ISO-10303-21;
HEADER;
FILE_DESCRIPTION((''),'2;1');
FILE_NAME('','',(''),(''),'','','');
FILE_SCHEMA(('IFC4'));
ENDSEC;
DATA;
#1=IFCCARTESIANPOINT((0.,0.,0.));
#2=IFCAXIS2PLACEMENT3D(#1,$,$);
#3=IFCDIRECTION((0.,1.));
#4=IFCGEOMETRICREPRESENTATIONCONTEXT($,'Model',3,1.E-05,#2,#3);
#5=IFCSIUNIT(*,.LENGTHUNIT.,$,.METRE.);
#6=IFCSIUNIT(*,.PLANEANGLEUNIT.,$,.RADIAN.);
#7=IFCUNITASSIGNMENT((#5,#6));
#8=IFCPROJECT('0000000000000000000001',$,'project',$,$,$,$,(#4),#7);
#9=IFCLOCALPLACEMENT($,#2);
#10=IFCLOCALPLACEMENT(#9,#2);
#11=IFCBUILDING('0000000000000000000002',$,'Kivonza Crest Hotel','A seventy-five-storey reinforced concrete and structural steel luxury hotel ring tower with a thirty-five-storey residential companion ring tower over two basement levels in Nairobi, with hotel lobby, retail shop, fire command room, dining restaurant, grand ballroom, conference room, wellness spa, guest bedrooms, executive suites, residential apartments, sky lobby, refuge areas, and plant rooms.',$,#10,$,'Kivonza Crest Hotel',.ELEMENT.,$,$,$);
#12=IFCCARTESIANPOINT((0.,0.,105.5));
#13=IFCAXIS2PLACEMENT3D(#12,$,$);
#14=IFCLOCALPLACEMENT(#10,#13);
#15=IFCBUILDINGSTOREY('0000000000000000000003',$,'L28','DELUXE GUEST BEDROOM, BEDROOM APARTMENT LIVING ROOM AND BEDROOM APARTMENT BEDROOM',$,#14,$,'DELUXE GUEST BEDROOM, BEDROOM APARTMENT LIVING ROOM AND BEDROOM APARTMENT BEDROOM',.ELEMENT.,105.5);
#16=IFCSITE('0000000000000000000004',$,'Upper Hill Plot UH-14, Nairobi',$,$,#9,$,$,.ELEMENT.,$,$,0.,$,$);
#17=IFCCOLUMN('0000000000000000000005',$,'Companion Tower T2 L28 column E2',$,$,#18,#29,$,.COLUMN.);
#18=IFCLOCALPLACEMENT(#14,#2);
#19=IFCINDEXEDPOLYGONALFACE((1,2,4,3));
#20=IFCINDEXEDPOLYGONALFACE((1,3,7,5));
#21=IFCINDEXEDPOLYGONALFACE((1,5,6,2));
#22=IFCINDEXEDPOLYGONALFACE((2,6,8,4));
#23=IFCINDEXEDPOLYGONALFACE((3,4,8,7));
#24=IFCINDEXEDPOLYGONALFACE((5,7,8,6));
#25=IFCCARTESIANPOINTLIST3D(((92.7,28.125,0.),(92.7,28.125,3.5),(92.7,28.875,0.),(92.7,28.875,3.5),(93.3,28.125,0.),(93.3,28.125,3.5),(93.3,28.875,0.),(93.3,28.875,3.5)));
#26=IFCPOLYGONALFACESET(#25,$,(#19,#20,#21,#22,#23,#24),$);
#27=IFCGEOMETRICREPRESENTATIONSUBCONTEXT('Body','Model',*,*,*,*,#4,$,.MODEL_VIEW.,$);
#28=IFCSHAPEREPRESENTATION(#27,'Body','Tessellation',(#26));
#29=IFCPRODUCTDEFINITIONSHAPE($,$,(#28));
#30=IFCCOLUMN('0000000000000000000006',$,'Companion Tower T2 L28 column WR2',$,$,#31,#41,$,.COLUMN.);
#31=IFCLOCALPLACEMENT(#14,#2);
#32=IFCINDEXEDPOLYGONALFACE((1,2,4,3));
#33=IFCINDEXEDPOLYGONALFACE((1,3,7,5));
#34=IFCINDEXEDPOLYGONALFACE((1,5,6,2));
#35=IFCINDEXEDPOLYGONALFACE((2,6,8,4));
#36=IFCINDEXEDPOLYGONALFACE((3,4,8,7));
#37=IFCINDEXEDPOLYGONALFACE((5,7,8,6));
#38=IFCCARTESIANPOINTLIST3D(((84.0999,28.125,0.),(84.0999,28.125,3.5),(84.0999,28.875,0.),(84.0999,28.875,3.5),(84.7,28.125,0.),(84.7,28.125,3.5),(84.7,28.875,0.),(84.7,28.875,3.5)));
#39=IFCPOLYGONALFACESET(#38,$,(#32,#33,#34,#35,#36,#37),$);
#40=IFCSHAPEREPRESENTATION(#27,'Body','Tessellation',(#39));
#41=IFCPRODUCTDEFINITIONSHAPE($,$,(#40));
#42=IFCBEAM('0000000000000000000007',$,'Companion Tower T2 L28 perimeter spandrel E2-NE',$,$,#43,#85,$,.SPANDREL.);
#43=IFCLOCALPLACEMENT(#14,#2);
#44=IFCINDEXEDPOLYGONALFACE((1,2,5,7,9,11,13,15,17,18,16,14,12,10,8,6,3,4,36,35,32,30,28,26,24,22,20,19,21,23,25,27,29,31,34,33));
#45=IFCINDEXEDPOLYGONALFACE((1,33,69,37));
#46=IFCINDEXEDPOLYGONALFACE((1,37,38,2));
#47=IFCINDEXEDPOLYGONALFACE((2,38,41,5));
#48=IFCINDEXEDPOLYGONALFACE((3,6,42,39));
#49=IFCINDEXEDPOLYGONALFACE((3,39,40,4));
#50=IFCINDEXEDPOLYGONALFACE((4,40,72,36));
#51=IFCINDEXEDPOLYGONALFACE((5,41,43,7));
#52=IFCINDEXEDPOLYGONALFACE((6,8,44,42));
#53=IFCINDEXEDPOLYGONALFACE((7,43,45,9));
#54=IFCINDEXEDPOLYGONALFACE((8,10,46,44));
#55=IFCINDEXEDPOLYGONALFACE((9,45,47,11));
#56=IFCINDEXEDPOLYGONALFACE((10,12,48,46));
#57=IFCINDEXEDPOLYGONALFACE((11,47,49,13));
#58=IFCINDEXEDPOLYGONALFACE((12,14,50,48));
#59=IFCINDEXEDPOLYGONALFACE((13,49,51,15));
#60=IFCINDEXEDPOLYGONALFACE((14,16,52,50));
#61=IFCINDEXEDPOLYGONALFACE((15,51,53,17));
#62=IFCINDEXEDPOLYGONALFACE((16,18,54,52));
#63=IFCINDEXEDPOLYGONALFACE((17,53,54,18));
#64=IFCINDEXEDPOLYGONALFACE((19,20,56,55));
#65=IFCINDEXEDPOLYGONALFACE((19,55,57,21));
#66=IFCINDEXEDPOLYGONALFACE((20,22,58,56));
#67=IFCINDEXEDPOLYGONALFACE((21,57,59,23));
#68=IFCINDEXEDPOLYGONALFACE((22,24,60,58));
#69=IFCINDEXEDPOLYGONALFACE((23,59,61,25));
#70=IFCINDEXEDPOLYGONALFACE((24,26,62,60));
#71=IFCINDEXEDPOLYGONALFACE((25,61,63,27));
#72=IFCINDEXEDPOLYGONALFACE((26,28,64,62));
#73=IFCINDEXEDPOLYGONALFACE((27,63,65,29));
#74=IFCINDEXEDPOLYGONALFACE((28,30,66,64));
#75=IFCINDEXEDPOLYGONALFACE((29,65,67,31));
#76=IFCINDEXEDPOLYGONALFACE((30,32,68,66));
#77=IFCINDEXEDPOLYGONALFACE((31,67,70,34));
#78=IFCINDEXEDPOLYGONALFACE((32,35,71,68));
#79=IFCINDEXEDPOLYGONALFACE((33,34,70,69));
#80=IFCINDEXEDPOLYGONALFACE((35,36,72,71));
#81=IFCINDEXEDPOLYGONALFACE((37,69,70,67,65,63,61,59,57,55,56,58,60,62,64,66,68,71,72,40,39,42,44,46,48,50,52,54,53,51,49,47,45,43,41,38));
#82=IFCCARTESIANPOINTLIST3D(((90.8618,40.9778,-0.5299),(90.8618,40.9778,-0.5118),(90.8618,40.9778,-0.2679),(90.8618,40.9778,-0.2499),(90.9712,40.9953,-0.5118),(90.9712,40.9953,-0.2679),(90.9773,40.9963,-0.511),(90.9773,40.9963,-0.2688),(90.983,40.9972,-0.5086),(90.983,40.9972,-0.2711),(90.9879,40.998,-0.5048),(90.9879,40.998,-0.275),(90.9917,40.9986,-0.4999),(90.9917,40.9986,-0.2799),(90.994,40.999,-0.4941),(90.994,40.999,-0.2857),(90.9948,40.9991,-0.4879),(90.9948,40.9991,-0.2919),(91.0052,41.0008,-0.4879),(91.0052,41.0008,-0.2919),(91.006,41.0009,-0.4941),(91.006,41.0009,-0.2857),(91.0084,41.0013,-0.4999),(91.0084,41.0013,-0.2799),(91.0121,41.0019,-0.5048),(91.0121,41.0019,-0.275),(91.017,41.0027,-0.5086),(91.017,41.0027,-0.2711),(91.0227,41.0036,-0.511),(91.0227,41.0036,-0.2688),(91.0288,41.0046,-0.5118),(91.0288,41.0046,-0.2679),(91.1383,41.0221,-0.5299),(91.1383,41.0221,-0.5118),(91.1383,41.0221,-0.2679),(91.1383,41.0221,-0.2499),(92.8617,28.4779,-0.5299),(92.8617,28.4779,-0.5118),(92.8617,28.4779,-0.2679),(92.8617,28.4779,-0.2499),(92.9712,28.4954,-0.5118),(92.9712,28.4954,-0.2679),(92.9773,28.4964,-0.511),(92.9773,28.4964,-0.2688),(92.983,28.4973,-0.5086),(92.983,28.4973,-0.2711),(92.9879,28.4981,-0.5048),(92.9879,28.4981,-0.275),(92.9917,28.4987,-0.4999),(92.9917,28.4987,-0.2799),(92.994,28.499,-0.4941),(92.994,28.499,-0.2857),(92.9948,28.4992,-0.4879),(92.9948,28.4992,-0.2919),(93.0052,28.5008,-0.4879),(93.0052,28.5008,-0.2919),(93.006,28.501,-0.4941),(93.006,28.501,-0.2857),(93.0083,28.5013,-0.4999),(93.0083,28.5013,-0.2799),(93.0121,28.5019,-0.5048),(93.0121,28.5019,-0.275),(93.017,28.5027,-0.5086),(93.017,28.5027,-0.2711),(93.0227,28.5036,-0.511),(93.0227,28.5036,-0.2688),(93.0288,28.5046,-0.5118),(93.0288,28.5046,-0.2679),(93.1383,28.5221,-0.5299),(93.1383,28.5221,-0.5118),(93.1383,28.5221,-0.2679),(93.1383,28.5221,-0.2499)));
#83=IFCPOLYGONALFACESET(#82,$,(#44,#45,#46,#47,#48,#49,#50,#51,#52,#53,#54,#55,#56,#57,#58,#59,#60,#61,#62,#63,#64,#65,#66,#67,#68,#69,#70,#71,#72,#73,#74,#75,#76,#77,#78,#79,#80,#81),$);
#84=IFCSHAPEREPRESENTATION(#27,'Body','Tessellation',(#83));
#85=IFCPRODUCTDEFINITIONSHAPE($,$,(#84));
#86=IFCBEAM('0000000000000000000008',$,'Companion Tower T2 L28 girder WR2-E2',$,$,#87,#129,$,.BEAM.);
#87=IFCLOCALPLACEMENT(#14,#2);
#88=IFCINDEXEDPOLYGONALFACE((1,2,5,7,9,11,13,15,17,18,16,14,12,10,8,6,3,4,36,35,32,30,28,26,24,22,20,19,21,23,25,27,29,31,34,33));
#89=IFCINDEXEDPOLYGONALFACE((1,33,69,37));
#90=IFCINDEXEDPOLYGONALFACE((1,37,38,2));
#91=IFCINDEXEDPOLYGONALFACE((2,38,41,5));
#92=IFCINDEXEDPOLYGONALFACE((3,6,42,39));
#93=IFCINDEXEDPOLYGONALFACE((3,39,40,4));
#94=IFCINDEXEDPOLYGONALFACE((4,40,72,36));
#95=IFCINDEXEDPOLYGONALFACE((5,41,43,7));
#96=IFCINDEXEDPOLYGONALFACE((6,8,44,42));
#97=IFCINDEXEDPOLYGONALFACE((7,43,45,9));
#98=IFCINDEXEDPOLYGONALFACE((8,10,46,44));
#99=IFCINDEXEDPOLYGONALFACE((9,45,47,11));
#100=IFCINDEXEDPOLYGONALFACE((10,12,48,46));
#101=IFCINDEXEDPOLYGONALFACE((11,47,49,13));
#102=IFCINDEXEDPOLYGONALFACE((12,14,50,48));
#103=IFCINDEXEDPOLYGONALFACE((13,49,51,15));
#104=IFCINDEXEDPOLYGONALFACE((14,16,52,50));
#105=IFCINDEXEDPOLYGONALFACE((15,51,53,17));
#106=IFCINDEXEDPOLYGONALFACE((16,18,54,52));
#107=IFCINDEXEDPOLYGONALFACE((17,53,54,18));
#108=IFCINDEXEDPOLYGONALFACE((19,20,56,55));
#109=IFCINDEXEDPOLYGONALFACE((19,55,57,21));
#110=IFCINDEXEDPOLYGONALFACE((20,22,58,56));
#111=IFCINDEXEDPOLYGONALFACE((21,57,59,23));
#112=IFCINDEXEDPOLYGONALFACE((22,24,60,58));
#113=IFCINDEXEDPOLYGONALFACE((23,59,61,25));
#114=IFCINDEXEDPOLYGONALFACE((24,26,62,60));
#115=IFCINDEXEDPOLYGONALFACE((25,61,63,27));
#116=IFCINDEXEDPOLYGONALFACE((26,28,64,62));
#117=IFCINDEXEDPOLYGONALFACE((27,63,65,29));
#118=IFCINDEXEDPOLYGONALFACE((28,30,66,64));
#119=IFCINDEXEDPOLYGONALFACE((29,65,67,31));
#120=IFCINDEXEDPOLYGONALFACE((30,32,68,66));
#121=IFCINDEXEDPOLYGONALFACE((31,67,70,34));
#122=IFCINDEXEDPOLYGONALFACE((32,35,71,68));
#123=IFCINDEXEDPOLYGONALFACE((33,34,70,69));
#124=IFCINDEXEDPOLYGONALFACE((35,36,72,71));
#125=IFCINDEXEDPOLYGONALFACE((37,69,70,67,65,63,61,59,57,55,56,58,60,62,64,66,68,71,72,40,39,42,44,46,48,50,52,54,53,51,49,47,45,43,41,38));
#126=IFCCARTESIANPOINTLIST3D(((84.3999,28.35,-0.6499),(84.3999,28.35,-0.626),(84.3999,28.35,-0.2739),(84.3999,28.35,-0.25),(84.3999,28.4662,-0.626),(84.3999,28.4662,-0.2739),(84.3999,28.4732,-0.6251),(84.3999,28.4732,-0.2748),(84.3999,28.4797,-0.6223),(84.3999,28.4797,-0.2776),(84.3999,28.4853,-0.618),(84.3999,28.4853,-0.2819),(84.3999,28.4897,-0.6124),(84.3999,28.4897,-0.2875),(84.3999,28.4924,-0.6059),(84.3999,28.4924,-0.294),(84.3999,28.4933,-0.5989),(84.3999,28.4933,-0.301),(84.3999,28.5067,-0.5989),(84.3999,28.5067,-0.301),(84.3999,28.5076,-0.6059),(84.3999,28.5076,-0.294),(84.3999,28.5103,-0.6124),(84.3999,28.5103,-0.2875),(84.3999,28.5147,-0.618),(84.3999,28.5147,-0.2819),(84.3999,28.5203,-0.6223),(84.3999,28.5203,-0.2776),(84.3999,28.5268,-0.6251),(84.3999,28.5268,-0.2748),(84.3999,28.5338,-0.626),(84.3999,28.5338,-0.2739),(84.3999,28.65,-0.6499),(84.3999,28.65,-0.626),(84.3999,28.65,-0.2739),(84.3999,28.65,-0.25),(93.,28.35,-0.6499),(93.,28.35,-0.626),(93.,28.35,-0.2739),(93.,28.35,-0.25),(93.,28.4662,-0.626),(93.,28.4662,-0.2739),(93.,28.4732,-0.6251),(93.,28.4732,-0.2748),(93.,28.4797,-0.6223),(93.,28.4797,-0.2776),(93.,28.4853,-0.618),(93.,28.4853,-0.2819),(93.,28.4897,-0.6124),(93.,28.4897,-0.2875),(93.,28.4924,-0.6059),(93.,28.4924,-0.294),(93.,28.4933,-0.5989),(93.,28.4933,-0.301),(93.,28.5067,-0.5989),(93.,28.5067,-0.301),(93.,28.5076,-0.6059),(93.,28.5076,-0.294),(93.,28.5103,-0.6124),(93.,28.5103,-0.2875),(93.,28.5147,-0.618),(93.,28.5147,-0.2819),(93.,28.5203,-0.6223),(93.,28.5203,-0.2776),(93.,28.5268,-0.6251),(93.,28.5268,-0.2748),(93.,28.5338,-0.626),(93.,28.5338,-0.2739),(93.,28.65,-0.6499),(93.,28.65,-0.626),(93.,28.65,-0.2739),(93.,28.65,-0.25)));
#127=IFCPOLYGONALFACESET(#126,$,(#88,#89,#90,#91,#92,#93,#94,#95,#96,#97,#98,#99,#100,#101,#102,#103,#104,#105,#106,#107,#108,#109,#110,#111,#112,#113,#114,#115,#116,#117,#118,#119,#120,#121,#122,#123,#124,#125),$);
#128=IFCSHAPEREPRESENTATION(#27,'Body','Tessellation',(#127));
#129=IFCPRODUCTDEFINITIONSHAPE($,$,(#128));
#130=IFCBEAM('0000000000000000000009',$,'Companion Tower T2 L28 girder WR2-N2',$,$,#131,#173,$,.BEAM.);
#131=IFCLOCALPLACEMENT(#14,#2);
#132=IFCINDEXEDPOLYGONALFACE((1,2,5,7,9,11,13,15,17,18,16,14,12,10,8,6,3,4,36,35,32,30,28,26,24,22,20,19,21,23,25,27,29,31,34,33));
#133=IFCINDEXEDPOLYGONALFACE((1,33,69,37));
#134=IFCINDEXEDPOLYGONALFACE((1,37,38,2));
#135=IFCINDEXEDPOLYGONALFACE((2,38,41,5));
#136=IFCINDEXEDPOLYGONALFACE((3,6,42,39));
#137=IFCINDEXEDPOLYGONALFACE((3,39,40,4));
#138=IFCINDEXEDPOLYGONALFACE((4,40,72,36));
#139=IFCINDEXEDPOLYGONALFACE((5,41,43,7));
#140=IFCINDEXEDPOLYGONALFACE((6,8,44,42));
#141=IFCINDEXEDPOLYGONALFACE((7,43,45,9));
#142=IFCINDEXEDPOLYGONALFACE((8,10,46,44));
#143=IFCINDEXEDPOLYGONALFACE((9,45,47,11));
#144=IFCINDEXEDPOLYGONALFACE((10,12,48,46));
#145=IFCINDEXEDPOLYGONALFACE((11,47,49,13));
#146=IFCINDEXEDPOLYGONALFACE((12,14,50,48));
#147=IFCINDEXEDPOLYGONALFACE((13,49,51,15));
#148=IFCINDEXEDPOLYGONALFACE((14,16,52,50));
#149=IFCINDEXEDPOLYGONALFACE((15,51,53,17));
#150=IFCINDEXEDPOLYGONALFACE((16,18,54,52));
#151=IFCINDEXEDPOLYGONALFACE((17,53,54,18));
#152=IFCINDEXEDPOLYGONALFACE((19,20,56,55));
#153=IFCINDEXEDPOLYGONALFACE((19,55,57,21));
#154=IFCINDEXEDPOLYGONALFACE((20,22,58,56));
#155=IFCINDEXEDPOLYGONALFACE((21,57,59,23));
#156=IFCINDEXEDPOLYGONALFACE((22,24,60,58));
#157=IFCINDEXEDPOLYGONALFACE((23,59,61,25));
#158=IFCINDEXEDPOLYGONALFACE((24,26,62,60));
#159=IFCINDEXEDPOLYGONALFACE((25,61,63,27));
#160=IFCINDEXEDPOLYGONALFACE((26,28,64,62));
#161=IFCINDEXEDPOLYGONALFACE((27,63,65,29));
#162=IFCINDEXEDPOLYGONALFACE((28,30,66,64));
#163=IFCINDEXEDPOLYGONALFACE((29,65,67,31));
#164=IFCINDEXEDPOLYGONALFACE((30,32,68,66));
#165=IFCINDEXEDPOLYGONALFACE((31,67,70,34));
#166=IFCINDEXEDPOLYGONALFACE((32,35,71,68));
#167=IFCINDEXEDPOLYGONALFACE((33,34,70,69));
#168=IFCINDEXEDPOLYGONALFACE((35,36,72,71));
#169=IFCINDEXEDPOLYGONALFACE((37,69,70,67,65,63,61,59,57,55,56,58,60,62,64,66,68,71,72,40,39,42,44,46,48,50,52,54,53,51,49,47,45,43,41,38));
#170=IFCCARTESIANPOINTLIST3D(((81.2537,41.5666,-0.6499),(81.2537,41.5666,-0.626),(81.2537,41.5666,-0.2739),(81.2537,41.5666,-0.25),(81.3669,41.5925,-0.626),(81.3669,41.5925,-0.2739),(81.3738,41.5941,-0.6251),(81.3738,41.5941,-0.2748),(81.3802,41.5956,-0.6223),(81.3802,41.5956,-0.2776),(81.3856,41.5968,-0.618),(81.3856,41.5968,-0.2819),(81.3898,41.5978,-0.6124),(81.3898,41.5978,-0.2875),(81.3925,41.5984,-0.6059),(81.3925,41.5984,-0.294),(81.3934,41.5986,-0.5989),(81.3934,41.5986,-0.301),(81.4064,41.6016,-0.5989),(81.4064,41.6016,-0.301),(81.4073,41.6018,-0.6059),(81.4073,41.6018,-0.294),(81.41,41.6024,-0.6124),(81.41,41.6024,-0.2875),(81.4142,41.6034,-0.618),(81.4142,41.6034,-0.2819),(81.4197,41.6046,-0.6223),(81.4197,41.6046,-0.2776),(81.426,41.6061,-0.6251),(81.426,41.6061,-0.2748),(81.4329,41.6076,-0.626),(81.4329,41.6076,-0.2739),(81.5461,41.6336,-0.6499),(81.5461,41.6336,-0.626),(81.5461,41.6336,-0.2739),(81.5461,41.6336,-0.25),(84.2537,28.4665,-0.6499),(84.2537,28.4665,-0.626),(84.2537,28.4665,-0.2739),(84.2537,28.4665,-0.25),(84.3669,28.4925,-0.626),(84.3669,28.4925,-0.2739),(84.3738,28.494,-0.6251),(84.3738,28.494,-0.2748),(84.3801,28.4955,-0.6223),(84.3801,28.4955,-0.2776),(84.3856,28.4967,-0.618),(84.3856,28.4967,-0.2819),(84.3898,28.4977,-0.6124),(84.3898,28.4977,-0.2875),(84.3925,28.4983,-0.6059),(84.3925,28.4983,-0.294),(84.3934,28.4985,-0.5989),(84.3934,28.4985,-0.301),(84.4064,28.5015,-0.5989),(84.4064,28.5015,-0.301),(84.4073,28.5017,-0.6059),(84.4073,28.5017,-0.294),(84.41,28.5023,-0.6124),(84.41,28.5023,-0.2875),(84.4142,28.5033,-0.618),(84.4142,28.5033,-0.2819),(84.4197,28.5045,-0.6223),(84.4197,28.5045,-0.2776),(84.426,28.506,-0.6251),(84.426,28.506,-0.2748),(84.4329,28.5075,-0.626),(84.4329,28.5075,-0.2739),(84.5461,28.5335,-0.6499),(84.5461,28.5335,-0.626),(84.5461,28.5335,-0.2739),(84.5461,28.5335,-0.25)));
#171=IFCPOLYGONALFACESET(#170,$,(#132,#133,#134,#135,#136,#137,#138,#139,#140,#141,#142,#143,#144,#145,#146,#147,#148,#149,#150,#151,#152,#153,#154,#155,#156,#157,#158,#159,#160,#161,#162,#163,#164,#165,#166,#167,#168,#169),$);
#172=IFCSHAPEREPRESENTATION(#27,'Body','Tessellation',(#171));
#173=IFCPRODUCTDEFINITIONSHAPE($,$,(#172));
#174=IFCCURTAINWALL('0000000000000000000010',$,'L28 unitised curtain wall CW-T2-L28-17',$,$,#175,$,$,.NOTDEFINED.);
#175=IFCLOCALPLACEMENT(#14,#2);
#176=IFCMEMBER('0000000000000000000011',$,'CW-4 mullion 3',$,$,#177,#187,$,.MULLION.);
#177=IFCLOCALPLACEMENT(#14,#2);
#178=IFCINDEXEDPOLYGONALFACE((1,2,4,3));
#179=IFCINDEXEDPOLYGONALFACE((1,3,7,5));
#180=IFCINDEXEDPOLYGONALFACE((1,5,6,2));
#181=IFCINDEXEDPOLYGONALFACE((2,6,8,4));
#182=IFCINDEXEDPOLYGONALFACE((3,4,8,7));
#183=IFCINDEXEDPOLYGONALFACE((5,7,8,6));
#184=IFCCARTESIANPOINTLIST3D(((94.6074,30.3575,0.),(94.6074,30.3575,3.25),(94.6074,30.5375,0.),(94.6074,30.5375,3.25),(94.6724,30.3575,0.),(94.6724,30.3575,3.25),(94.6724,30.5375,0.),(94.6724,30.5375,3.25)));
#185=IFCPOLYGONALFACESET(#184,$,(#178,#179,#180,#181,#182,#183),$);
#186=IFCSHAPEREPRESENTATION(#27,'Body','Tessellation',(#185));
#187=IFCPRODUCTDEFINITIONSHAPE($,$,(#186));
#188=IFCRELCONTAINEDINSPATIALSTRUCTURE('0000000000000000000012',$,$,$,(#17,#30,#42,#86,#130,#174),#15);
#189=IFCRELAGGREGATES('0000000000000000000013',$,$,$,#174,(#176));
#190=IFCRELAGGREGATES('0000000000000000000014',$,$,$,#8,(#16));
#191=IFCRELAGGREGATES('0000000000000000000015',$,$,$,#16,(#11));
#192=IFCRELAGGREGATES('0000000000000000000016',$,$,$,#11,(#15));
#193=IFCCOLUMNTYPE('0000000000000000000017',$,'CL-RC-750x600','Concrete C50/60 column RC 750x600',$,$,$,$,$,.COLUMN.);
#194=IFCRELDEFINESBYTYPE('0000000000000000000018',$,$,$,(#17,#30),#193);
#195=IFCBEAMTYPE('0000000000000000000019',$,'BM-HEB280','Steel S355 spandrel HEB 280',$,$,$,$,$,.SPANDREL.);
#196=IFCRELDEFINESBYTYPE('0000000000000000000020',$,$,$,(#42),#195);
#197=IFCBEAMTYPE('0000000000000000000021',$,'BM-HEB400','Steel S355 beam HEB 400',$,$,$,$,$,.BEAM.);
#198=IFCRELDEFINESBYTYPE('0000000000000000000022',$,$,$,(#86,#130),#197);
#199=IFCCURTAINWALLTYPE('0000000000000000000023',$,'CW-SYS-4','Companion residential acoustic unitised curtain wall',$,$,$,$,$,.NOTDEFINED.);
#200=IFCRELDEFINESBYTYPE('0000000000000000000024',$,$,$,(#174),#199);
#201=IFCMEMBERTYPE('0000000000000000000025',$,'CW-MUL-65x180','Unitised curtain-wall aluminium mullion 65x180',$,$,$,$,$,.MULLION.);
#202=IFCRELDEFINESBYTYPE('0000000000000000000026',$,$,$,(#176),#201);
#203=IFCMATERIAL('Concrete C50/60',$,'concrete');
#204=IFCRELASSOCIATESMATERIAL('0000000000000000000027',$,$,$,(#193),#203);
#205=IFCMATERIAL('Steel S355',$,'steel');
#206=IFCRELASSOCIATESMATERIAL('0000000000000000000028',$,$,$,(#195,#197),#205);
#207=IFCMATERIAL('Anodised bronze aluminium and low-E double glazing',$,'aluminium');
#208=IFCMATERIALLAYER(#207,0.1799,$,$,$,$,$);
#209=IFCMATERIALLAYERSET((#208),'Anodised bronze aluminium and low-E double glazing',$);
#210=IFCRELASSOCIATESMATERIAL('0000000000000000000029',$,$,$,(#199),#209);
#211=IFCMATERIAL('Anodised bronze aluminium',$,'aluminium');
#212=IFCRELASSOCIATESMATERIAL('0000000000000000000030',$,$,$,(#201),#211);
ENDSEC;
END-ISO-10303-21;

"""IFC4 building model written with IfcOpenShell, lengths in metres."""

from ifc_helpers import new_model, si_unit, direction, frame, origin, origin_2d, place, context, subcontext, project, spatial, rectangle, i_section, extrude, material, layer, layer_set, material_profile, profile_set, type_object, element, aggregate, save


model = new_model("IFC4")

# Units and contexts
model_context = context("Model", 3, precision=1e-05, world=origin(), true_north=direction((0.0, 1.0)))
body_context = subcontext(model_context, "Body", "Model", "MODEL_VIEW")
ifc_project = project(units=[si_unit("LENGTHUNIT", "METRE"), si_unit("PLANEANGLEUNIT", "RADIAN")], contexts=[model_context])

# Site, building, storey
site_placement = place(None, origin())
site = spatial("IfcSite", under=ifc_project, at=site_placement, Name="Upper Hill Plot UH-14, Nairobi", CompositionType="ELEMENT", RefElevation=0.0)
building_placement = place(site_placement, origin())
building = spatial("IfcBuilding", under=site, at=building_placement, Name="Kivonza Crest Hotel", Description="A seventy-five-storey reinforced concrete and structural steel luxury hotel ring tower with a thirty-five-storey residential companion ring tower over two basement levels in Nairobi, with hotel lobby, retail shop, fire command room, dining restaurant, grand ballroom, conference room, wellness spa, guest bedrooms, executive suites, residential apartments, sky lobby, refuge areas, and plant rooms.", LongName="Kivonza Crest Hotel", CompositionType="ELEMENT")
storey_placement = place(building_placement, frame((0.0, 0.0, 105.5)))
storey = spatial("IfcBuildingStorey", under=building, at=storey_placement, Name="L28", Description="DELUXE GUEST BEDROOM, BEDROOM APARTMENT LIVING ROOM AND BEDROOM APARTMENT BEDROOM", LongName="DELUXE GUEST BEDROOM, BEDROOM APARTMENT LIVING ROOM AND BEDROOM APARTMENT BEDROOM", CompositionType="ELEMENT", Elevation=105.5)

# Columns
ifc_material_1 = material(Name="Concrete C50/60", Category="concrete")
ifc_material_profile_1 = material_profile(ifc_material_1, rectangle(XDim=0.6001, YDim=0.75, at=origin_2d()), Name="RC 750x600")
ifc_profile_set_1 = profile_set([ifc_material_profile_1], Name="Concrete C50/60")
column_type = type_object("IfcColumnType", Name="CL-RC-750x600", Description="Concrete C50/60 column RC 750x600", PredefinedType="COLUMN", material=ifc_profile_set_1)
for number, where, z_axis, x_axis, name in (
    (1, (93.0, 28.5, 0.0), (0.0, 0.0, 1.0), (1.0, 0.0, 0.0), "Companion Tower T2 L28 column E2"),
    (2, (84.3999, 28.5, 0.0), (0.0, 0.0, 1.0), (1.0, 0.0, 0.0), "Companion Tower T2 L28 column WR2"),
):
    element("IfcColumn", number, at=place(storey_placement, frame(where, z_axis=z_axis, x_axis=x_axis)), inside=storey, type_object=column_type, Name=name, PredefinedType="COLUMN", context=body_context, shape_type="SweptSolid", body=[
        extrude(rectangle(XDim=0.6001, YDim=0.75, at=origin_2d()), origin(), (0.0, 0.0, 1.0), 3.5),
    ])

# Beams
ifc_material_2 = material(Name="Steel S355", Category="steel")
ifc_material_profile_2 = material_profile(ifc_material_2, i_section(OverallWidth=0.28, OverallDepth=0.28, WebThickness=0.0105, FlangeThickness=0.0181, FilletRadius=0.0239, at=origin_2d()), Name="HEB 280")
ifc_profile_set_2 = profile_set([ifc_material_profile_2], Name="Steel S355")
beam_type_1 = type_object("IfcBeamType", Name="BM-HEB280", Description="Steel S355 spandrel HEB 280", PredefinedType="SPANDREL", material=ifc_profile_set_2)
beam_1_placement = place(storey_placement, frame((93.0, 28.5, -0.3899), z_axis=(-0.157991, 0.987441, 0.0), x_axis=(-0.987441, -0.157991, 0.0)))
element("IfcBeam", 3, at=beam_1_placement, inside=storey, type_object=beam_type_1, Name="Companion Tower T2 L28 perimeter spandrel E2-NE", PredefinedType="SPANDREL", context=body_context, shape_type="SweptSolid", body=[
    extrude(i_section(OverallWidth=0.28, OverallDepth=0.28, WebThickness=0.0105, FlangeThickness=0.0181, FilletRadius=0.0239, at=origin_2d()), origin(), (0.0, 0.0, 1.0), 12.6589),
])
ifc_material_profile_3 = material_profile(ifc_material_2, i_section(OverallWidth=0.3, OverallDepth=0.3999, WebThickness=0.0134, FlangeThickness=0.0239, FilletRadius=0.0271, at=origin_2d()), Name="HEB 400")
ifc_profile_set_3 = profile_set([ifc_material_profile_3], Name="Steel S355")
beam_type_2 = type_object("IfcBeamType", Name="BM-HEB400", Description="Steel S355 beam HEB 400", PredefinedType="BEAM", material=ifc_profile_set_3)
beam_2_placement = place(storey_placement, frame((84.3999, 28.5, -0.45), z_axis=(1.0, 0.0, 0.0), x_axis=(0.0, 1.0, 0.0)))
element("IfcBeam", 4, at=beam_2_placement, inside=storey, type_object=beam_type_2, Name="Companion Tower T2 L28 girder WR2-E2", PredefinedType="BEAM", context=body_context, shape_type="SweptSolid", body=[
    extrude(i_section(OverallWidth=0.3, OverallDepth=0.3999, WebThickness=0.0134, FlangeThickness=0.0239, FilletRadius=0.0271, at=origin_2d()), origin(), (0.0, 0.0, 1.0), 8.6001),
])
beam_3_placement = place(storey_placement, frame((84.3999, 28.5, -0.45), z_axis=(-0.223227, 0.974766, 0.0), x_axis=(-0.974766, -0.223227, 0.0)))
element("IfcBeam", 5, at=beam_3_placement, inside=storey, type_object=beam_type_2, Name="Companion Tower T2 L28 girder WR2-N2", PredefinedType="BEAM", context=body_context, shape_type="SweptSolid", body=[
    extrude(i_section(OverallWidth=0.3, OverallDepth=0.3999, WebThickness=0.0134, FlangeThickness=0.0239, FilletRadius=0.0271, at=origin_2d()), origin(), (0.0, 0.0, 1.0), 13.4392),
])

# Curtain wall, member
ifc_material_3 = material(Name="Anodised bronze aluminium and low-E double glazing", Category="aluminium")
ifc_layer_1 = layer(ifc_material_3, 0.1799)
ifc_layer_set_1 = layer_set([ifc_layer_1], Name="Anodised bronze aluminium and low-E double glazing")
curtain_wall_type_1 = type_object("IfcCurtainWallType", Name="CW-SYS-4", Description="Companion residential acoustic unitised curtain wall", PredefinedType="NOTDEFINED", material=ifc_layer_set_1)
curtain_wall_1_placement = place(storey_placement, origin())
curtain_wall_1 = element("IfcCurtainWall", 6, at=curtain_wall_1_placement, inside=storey, type_object=curtain_wall_type_1, Name="L28 unitised curtain wall CW-T2-L28-17", PredefinedType="NOTDEFINED")
ifc_material_4 = material(Name="Anodised bronze aluminium", Category="aluminium")
ifc_material_profile_4 = material_profile(ifc_material_4, rectangle(XDim=0.0649, YDim=0.1799, at=origin_2d()), Name="CW-M 65x180")
ifc_profile_set_4 = profile_set([ifc_material_profile_4], Name="Anodised bronze aluminium")
member_type_1 = type_object("IfcMemberType", Name="CW-MUL-65x180", Description="Unitised curtain-wall aluminium mullion 65x180", PredefinedType="MULLION", material=ifc_profile_set_4)
member_1_placement = place(storey_placement, frame((94.6399, 30.4475, 0.0), z_axis=(0.0, 0.0, 1.0), x_axis=(-1.0, 0.0, 0.0)))
member_1 = element("IfcMember", 7, at=member_1_placement, type_object=member_type_1, Name="CW-4 mullion 3", PredefinedType="MULLION", context=body_context, shape_type="SweptSolid", body=[
    extrude(rectangle(XDim=0.0649, YDim=0.1799, at=origin_2d()), origin(), (0.0, 0.0, 1.0), 3.25),
])

aggregate(curtain_wall_1, [member_1])

save(model, "model.ifc")
